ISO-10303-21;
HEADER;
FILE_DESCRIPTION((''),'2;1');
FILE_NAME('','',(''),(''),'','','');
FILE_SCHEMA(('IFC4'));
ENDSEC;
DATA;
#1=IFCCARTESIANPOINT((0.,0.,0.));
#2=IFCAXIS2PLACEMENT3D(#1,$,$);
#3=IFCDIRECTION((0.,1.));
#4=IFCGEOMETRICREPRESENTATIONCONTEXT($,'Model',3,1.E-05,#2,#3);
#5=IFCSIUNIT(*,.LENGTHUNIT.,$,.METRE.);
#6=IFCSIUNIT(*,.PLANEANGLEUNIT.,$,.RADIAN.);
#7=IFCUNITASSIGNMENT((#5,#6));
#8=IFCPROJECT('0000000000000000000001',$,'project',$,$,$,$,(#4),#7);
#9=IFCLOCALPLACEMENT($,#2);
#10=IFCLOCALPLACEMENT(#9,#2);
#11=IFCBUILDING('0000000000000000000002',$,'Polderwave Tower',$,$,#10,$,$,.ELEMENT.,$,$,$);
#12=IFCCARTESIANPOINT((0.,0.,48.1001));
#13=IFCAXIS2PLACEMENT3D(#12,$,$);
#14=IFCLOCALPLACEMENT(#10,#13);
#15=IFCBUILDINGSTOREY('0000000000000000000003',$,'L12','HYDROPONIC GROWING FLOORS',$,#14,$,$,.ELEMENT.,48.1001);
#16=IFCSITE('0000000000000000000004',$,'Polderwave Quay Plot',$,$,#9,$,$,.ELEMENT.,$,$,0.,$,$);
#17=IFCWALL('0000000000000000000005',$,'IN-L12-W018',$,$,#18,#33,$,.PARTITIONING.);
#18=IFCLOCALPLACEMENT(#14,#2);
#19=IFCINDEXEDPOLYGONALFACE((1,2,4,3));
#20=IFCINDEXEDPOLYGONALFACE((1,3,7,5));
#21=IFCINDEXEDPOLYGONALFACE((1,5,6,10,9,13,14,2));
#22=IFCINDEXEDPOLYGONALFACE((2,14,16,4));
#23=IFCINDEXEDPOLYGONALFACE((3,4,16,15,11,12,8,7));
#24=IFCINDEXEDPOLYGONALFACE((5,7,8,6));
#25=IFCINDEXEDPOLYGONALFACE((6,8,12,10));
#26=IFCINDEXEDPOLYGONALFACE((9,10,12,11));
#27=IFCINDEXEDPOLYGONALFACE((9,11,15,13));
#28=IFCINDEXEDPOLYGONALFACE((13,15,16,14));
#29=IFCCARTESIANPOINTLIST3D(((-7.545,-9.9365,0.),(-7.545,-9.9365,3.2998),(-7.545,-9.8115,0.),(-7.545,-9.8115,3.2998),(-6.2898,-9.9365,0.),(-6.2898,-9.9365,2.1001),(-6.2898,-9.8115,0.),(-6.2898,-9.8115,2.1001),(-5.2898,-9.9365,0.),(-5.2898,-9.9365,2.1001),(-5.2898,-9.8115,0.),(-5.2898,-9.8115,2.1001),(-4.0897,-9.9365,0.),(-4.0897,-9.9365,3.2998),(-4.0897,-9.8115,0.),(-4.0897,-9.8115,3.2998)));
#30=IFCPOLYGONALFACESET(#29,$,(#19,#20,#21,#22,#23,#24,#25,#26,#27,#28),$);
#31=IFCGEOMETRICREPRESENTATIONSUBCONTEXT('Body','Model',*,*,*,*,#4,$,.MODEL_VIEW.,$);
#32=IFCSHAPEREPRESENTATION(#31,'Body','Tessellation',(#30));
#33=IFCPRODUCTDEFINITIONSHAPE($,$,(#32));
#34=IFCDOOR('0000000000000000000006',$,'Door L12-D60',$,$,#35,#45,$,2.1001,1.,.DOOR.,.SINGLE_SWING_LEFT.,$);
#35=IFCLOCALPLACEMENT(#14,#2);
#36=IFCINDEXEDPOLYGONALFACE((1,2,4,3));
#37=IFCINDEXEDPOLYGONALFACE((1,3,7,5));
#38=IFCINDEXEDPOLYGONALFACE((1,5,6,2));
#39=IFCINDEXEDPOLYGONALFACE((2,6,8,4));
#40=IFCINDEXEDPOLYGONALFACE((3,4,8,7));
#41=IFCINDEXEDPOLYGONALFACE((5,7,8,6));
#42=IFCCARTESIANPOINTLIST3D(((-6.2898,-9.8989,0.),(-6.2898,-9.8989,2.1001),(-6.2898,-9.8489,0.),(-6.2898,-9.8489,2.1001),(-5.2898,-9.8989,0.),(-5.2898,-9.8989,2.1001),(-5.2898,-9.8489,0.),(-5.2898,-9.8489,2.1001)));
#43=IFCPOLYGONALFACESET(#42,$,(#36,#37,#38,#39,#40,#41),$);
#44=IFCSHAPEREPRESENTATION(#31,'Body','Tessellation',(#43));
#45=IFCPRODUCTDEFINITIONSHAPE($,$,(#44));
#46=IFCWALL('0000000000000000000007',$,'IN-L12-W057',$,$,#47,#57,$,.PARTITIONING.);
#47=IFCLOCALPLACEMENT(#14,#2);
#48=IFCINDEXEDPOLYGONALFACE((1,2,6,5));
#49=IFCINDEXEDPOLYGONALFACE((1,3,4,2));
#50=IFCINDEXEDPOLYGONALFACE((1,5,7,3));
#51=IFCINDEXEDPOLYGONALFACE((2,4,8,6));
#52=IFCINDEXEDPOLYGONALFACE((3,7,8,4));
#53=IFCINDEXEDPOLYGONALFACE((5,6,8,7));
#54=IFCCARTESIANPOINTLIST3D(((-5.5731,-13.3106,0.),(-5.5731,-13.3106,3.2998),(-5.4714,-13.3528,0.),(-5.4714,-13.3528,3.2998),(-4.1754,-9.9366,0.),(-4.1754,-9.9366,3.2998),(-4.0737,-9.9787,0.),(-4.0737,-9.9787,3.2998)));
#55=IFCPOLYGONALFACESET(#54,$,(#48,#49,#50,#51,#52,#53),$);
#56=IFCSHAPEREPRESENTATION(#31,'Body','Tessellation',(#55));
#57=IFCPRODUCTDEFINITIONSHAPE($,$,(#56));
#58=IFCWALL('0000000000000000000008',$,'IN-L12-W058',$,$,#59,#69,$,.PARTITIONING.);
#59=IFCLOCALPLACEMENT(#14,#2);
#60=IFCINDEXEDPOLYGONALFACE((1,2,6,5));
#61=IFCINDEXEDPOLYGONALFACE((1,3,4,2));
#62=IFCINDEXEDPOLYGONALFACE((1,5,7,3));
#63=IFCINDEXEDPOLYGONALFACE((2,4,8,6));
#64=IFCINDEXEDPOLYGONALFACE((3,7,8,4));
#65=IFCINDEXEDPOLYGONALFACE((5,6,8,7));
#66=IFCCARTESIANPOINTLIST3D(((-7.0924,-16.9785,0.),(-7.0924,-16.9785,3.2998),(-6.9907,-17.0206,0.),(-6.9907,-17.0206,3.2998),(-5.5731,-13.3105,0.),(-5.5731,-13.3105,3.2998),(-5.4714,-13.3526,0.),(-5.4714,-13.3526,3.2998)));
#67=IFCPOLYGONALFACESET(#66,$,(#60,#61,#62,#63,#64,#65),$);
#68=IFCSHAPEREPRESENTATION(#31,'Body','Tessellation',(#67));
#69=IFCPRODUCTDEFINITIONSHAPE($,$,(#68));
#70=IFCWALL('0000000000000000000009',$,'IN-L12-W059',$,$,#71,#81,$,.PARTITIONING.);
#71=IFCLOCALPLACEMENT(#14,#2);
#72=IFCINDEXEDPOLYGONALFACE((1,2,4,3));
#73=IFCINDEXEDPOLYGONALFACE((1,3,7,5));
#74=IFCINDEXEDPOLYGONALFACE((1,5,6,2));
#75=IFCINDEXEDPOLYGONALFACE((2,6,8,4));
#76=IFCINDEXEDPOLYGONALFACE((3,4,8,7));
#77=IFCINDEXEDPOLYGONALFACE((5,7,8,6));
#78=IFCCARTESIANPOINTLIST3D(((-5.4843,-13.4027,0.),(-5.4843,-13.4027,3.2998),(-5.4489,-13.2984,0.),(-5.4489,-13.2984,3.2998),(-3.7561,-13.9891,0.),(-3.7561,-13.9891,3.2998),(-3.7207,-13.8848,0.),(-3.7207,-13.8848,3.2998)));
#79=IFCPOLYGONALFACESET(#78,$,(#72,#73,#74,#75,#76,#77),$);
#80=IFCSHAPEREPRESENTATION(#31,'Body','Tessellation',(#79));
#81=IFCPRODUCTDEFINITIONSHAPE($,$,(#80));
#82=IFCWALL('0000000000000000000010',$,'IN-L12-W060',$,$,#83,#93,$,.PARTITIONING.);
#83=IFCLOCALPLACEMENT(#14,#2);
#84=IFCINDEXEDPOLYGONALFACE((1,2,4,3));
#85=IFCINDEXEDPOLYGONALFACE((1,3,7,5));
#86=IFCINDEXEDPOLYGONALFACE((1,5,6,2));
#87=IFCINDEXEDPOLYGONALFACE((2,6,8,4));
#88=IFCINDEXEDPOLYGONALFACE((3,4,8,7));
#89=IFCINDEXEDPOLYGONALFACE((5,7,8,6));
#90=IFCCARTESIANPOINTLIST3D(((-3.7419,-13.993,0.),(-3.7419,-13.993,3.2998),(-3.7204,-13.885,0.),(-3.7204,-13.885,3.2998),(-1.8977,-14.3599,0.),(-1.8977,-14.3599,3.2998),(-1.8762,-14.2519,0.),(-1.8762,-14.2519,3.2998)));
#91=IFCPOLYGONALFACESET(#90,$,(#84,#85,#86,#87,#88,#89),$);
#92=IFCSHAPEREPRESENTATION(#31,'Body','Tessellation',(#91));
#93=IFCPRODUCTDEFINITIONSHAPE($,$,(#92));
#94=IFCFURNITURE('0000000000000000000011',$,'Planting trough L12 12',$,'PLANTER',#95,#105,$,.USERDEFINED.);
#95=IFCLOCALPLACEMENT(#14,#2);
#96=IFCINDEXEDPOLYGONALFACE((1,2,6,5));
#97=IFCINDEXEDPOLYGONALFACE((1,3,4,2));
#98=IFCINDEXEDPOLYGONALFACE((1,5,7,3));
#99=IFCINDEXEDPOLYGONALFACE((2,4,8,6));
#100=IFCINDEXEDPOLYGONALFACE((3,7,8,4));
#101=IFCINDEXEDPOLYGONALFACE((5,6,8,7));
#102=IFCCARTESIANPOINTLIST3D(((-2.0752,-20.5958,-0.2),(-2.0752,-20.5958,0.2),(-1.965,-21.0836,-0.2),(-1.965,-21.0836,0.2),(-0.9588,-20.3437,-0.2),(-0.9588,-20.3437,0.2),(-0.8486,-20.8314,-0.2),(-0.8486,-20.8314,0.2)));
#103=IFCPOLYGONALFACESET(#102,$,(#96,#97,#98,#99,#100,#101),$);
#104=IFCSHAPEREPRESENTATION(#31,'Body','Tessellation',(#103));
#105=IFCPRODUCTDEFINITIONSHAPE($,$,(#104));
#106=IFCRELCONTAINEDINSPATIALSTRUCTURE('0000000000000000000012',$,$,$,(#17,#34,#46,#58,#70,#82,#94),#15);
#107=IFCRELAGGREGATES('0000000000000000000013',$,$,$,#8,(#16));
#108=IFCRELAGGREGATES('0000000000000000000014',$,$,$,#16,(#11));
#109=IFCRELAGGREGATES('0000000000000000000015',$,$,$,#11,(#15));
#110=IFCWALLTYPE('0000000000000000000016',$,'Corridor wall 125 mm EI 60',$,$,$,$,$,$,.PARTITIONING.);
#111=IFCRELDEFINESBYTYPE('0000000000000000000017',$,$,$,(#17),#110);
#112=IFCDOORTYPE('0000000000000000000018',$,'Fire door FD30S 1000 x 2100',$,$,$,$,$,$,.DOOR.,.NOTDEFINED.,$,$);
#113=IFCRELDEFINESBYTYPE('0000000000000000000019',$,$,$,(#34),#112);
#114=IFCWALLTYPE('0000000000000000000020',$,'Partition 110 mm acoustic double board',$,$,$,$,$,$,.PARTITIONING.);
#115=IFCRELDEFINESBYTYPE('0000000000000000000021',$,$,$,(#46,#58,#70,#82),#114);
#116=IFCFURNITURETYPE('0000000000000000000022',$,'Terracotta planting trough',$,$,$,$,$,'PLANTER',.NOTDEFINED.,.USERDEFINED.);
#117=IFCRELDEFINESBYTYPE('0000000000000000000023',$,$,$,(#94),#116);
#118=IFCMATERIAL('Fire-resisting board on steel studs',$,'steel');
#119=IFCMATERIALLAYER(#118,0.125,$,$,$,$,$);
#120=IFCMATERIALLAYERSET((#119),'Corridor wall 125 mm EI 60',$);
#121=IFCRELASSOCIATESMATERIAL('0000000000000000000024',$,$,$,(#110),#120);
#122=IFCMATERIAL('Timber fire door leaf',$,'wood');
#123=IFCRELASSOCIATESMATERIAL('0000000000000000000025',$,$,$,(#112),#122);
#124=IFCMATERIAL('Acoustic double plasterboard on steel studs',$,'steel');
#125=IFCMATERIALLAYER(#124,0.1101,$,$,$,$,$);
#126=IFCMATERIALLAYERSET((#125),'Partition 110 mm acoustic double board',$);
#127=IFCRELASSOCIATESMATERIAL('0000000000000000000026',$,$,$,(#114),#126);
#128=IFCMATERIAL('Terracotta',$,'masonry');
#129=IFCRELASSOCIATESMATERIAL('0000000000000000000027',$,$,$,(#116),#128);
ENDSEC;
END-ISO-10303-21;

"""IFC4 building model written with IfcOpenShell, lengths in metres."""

from ifc_helpers import new_model, si_unit, direction, frame, frame_2d, origin, origin_2d, place, context, subcontext, project, spatial, rectangle, extrude, material, layer, layer_set, type_object, element, fill, save


model = new_model("IFC4")

# Units and contexts
model_context = context("Model", 3, precision=1e-05, world=origin(), true_north=direction((0.0, 1.0)))
body_context = subcontext(model_context, "Body", "Model", "MODEL_VIEW")
ifc_project = project(units=[si_unit("LENGTHUNIT", "METRE"), si_unit("PLANEANGLEUNIT", "RADIAN")], contexts=[model_context])

# Site, building, storey
site_placement = place(None, origin())
site = spatial("IfcSite", under=ifc_project, at=site_placement, Name="Polderwave Quay Plot", CompositionType="ELEMENT", RefElevation=0.0)
building_placement = place(site_placement, origin())
building = spatial("IfcBuilding", under=site, at=building_placement, Name="Polderwave Tower", CompositionType="ELEMENT")
storey_placement = place(building_placement, frame((0.0, 0.0, 48.1001)))
storey = spatial("IfcBuildingStorey", under=building, at=storey_placement, Name="L12", Description="HYDROPONIC GROWING FLOORS", CompositionType="ELEMENT", Elevation=48.1001)

# Shared definitions
ifc_material_1 = material(Name="Fire-resisting board on steel studs", Category="steel")
ifc_layer_1 = layer(ifc_material_1, 0.125)
ifc_layer_set_1 = layer_set([ifc_layer_1], Name="Corridor wall 125 mm EI 60")
wall_type_1 = type_object("IfcWallType", Name="Corridor wall 125 mm EI 60", PredefinedType="PARTITIONING", material=ifc_layer_set_1)

# Wall, opening, door
wall_1_placement = place(storey_placement, frame((-4.0898, -9.874, 0.0), z_axis=(0.0, 0.0, 1.0), x_axis=(-1.0, 0.0, 0.0)))
wall_1 = element("IfcWall", 1, at=wall_1_placement, inside=storey, type_object=wall_type_1, Name="IN-L12-W018", PredefinedType="PARTITIONING", context=body_context, shape_type="SweptSolid", body=[
    extrude(rectangle(XDim=3.4553, YDim=0.125, at=frame_2d((1.7275, 0.0))), origin(), (0.0, 0.0, 1.0), 3.2998),
])
opening_placement = place(wall_1_placement, frame((1.2, 0.0, 0.0)))
opening = element("IfcOpeningElement", 2, at=opening_placement, cuts=wall_1, PredefinedType="OPENING", context=body_context, shape_type="SweptSolid", body=[
    extrude(rectangle(XDim=1.0, YDim=2.1001, at=frame_2d((0.5, 1.05))), frame((0.0, 0.0725, 0.0), z_axis=(0.0, -1.0, 0.0), x_axis=(1.0, 0.0, 0.0)), (0.0, 0.0, 1.0), 0.145),
])
ifc_material_2 = material(Name="Timber fire door leaf", Category="wood")
door_type = type_object("IfcDoorType", Name="Fire door FD30S 1000 x 2100", OperationType="NOTDEFINED", PredefinedType="DOOR", material=ifc_material_2)
door_placement = place(opening_placement, origin())
door = element("IfcDoor", 3, at=door_placement, inside=storey, type_object=door_type, Name="Door L12-D60", OperationType="SINGLE_SWING_LEFT", OverallHeight=2.1001, OverallWidth=1.0, PredefinedType="DOOR", context=body_context, shape_type="SweptSolid", body=[
    extrude(rectangle(XDim=1.0, YDim=2.1001, at=frame_2d((0.5, 1.05))), frame((0.0, 0.0249, 0.0), z_axis=(0.0, -1.0, 0.0), x_axis=(1.0, 0.0, 0.0)), (0.0, 0.0, 1.0), 0.05),
])
fill(opening, door)

# Walls
ifc_material_3 = material(Name="Acoustic double plasterboard on steel studs", Category="steel")
ifc_layer_2 = layer(ifc_material_3, 0.1101)
ifc_layer_set_2 = layer_set([ifc_layer_2], Name="Partition 110 mm acoustic double board")
wall_type_2 = type_object("IfcWallType", Name="Partition 110 mm acoustic double board", PredefinedType="PARTITIONING", material=ifc_layer_set_2)
wall_2_placement = place(storey_placement, frame((-4.1245, -9.9575, 0.0), z_axis=(0.0, 0.0, 1.0), x_axis=(-0.382716, -0.923866, 0.0)))
element("IfcWall", 4, at=wall_2_placement, inside=storey, type_object=wall_type_2, Name="IN-L12-W057", PredefinedType="PARTITIONING", context=body_context, shape_type="SweptSolid", body=[
    extrude(rectangle(XDim=3.6521, YDim=0.1101, at=frame_2d((1.8262, 0.0))), origin(), (0.0, 0.0, 1.0), 3.2998),
])
wall_3_placement = place(storey_placement, frame((-5.5222, -13.3315, 0.0), z_axis=(0.0, 0.0, 1.0), x_axis=(-0.382676, -0.923883, 0.0)))
element("IfcWall", 5, at=wall_3_placement, inside=storey, type_object=wall_type_2, Name="IN-L12-W058", PredefinedType="PARTITIONING", context=body_context, shape_type="SweptSolid", body=[
    extrude(rectangle(XDim=3.9702, YDim=0.1101, at=frame_2d((1.9851, 0.0))), origin(), (0.0, 0.0, 1.0), 3.2998),
])
wall_4_placement = place(storey_placement, frame((-3.7383, -13.937, 0.0), z_axis=(0.0, 0.0, 1.0), x_axis=(-0.946971, 0.32132, 0.0)))
element("IfcWall", 6, at=wall_4_placement, inside=storey, type_object=wall_type_2, Name="IN-L12-W059", PredefinedType="PARTITIONING", context=body_context, shape_type="SweptSolid", body=[
    extrude(rectangle(XDim=1.825, YDim=0.1101, at=frame_2d((0.9126, 0.0))), origin(), (0.0, 0.0, 1.0), 3.2998),
])
wall_5_placement = place(storey_placement, frame((-1.887, -14.3059, 0.0), z_axis=(0.0, 0.0, 1.0), x_axis=(-0.980775, 0.195142, 0.0)))
element("IfcWall", 7, at=wall_5_placement, inside=storey, type_object=wall_type_2, Name="IN-L12-W060", PredefinedType="PARTITIONING", context=body_context, shape_type="SweptSolid", body=[
    extrude(rectangle(XDim=1.8804, YDim=0.1101, at=frame_2d((0.9402, 0.0))), origin(), (0.0, 0.0, 1.0), 3.2998),
])

# Furniture
ifc_material_4 = material(Name="Terracotta", Category="masonry")
furniture_type = type_object("IfcFurnitureType", Name="Terracotta planting trough", ElementType="PLANTER", AssemblyPlace="NOTDEFINED", PredefinedType="USERDEFINED", material=ifc_material_4)
furniture_placement = place(storey_placement, frame((-1.4619, -20.7136, -0.2), z_axis=(0.0, 0.0, 1.0), x_axis=(0.975429, 0.220313, 0.0)))
element("IfcFurniture", 8, at=furniture_placement, inside=storey, type_object=furniture_type, Name="Planting trough L12 12", ObjectType="PLANTER", PredefinedType="USERDEFINED", context=body_context, shape_type="SweptSolid", body=[
    extrude(rectangle(XDim=1.1445, YDim=0.5, at=origin_2d()), origin(), (0.0, 0.0, 1.0), 0.3999),
])

save(model, "model.ifc")
